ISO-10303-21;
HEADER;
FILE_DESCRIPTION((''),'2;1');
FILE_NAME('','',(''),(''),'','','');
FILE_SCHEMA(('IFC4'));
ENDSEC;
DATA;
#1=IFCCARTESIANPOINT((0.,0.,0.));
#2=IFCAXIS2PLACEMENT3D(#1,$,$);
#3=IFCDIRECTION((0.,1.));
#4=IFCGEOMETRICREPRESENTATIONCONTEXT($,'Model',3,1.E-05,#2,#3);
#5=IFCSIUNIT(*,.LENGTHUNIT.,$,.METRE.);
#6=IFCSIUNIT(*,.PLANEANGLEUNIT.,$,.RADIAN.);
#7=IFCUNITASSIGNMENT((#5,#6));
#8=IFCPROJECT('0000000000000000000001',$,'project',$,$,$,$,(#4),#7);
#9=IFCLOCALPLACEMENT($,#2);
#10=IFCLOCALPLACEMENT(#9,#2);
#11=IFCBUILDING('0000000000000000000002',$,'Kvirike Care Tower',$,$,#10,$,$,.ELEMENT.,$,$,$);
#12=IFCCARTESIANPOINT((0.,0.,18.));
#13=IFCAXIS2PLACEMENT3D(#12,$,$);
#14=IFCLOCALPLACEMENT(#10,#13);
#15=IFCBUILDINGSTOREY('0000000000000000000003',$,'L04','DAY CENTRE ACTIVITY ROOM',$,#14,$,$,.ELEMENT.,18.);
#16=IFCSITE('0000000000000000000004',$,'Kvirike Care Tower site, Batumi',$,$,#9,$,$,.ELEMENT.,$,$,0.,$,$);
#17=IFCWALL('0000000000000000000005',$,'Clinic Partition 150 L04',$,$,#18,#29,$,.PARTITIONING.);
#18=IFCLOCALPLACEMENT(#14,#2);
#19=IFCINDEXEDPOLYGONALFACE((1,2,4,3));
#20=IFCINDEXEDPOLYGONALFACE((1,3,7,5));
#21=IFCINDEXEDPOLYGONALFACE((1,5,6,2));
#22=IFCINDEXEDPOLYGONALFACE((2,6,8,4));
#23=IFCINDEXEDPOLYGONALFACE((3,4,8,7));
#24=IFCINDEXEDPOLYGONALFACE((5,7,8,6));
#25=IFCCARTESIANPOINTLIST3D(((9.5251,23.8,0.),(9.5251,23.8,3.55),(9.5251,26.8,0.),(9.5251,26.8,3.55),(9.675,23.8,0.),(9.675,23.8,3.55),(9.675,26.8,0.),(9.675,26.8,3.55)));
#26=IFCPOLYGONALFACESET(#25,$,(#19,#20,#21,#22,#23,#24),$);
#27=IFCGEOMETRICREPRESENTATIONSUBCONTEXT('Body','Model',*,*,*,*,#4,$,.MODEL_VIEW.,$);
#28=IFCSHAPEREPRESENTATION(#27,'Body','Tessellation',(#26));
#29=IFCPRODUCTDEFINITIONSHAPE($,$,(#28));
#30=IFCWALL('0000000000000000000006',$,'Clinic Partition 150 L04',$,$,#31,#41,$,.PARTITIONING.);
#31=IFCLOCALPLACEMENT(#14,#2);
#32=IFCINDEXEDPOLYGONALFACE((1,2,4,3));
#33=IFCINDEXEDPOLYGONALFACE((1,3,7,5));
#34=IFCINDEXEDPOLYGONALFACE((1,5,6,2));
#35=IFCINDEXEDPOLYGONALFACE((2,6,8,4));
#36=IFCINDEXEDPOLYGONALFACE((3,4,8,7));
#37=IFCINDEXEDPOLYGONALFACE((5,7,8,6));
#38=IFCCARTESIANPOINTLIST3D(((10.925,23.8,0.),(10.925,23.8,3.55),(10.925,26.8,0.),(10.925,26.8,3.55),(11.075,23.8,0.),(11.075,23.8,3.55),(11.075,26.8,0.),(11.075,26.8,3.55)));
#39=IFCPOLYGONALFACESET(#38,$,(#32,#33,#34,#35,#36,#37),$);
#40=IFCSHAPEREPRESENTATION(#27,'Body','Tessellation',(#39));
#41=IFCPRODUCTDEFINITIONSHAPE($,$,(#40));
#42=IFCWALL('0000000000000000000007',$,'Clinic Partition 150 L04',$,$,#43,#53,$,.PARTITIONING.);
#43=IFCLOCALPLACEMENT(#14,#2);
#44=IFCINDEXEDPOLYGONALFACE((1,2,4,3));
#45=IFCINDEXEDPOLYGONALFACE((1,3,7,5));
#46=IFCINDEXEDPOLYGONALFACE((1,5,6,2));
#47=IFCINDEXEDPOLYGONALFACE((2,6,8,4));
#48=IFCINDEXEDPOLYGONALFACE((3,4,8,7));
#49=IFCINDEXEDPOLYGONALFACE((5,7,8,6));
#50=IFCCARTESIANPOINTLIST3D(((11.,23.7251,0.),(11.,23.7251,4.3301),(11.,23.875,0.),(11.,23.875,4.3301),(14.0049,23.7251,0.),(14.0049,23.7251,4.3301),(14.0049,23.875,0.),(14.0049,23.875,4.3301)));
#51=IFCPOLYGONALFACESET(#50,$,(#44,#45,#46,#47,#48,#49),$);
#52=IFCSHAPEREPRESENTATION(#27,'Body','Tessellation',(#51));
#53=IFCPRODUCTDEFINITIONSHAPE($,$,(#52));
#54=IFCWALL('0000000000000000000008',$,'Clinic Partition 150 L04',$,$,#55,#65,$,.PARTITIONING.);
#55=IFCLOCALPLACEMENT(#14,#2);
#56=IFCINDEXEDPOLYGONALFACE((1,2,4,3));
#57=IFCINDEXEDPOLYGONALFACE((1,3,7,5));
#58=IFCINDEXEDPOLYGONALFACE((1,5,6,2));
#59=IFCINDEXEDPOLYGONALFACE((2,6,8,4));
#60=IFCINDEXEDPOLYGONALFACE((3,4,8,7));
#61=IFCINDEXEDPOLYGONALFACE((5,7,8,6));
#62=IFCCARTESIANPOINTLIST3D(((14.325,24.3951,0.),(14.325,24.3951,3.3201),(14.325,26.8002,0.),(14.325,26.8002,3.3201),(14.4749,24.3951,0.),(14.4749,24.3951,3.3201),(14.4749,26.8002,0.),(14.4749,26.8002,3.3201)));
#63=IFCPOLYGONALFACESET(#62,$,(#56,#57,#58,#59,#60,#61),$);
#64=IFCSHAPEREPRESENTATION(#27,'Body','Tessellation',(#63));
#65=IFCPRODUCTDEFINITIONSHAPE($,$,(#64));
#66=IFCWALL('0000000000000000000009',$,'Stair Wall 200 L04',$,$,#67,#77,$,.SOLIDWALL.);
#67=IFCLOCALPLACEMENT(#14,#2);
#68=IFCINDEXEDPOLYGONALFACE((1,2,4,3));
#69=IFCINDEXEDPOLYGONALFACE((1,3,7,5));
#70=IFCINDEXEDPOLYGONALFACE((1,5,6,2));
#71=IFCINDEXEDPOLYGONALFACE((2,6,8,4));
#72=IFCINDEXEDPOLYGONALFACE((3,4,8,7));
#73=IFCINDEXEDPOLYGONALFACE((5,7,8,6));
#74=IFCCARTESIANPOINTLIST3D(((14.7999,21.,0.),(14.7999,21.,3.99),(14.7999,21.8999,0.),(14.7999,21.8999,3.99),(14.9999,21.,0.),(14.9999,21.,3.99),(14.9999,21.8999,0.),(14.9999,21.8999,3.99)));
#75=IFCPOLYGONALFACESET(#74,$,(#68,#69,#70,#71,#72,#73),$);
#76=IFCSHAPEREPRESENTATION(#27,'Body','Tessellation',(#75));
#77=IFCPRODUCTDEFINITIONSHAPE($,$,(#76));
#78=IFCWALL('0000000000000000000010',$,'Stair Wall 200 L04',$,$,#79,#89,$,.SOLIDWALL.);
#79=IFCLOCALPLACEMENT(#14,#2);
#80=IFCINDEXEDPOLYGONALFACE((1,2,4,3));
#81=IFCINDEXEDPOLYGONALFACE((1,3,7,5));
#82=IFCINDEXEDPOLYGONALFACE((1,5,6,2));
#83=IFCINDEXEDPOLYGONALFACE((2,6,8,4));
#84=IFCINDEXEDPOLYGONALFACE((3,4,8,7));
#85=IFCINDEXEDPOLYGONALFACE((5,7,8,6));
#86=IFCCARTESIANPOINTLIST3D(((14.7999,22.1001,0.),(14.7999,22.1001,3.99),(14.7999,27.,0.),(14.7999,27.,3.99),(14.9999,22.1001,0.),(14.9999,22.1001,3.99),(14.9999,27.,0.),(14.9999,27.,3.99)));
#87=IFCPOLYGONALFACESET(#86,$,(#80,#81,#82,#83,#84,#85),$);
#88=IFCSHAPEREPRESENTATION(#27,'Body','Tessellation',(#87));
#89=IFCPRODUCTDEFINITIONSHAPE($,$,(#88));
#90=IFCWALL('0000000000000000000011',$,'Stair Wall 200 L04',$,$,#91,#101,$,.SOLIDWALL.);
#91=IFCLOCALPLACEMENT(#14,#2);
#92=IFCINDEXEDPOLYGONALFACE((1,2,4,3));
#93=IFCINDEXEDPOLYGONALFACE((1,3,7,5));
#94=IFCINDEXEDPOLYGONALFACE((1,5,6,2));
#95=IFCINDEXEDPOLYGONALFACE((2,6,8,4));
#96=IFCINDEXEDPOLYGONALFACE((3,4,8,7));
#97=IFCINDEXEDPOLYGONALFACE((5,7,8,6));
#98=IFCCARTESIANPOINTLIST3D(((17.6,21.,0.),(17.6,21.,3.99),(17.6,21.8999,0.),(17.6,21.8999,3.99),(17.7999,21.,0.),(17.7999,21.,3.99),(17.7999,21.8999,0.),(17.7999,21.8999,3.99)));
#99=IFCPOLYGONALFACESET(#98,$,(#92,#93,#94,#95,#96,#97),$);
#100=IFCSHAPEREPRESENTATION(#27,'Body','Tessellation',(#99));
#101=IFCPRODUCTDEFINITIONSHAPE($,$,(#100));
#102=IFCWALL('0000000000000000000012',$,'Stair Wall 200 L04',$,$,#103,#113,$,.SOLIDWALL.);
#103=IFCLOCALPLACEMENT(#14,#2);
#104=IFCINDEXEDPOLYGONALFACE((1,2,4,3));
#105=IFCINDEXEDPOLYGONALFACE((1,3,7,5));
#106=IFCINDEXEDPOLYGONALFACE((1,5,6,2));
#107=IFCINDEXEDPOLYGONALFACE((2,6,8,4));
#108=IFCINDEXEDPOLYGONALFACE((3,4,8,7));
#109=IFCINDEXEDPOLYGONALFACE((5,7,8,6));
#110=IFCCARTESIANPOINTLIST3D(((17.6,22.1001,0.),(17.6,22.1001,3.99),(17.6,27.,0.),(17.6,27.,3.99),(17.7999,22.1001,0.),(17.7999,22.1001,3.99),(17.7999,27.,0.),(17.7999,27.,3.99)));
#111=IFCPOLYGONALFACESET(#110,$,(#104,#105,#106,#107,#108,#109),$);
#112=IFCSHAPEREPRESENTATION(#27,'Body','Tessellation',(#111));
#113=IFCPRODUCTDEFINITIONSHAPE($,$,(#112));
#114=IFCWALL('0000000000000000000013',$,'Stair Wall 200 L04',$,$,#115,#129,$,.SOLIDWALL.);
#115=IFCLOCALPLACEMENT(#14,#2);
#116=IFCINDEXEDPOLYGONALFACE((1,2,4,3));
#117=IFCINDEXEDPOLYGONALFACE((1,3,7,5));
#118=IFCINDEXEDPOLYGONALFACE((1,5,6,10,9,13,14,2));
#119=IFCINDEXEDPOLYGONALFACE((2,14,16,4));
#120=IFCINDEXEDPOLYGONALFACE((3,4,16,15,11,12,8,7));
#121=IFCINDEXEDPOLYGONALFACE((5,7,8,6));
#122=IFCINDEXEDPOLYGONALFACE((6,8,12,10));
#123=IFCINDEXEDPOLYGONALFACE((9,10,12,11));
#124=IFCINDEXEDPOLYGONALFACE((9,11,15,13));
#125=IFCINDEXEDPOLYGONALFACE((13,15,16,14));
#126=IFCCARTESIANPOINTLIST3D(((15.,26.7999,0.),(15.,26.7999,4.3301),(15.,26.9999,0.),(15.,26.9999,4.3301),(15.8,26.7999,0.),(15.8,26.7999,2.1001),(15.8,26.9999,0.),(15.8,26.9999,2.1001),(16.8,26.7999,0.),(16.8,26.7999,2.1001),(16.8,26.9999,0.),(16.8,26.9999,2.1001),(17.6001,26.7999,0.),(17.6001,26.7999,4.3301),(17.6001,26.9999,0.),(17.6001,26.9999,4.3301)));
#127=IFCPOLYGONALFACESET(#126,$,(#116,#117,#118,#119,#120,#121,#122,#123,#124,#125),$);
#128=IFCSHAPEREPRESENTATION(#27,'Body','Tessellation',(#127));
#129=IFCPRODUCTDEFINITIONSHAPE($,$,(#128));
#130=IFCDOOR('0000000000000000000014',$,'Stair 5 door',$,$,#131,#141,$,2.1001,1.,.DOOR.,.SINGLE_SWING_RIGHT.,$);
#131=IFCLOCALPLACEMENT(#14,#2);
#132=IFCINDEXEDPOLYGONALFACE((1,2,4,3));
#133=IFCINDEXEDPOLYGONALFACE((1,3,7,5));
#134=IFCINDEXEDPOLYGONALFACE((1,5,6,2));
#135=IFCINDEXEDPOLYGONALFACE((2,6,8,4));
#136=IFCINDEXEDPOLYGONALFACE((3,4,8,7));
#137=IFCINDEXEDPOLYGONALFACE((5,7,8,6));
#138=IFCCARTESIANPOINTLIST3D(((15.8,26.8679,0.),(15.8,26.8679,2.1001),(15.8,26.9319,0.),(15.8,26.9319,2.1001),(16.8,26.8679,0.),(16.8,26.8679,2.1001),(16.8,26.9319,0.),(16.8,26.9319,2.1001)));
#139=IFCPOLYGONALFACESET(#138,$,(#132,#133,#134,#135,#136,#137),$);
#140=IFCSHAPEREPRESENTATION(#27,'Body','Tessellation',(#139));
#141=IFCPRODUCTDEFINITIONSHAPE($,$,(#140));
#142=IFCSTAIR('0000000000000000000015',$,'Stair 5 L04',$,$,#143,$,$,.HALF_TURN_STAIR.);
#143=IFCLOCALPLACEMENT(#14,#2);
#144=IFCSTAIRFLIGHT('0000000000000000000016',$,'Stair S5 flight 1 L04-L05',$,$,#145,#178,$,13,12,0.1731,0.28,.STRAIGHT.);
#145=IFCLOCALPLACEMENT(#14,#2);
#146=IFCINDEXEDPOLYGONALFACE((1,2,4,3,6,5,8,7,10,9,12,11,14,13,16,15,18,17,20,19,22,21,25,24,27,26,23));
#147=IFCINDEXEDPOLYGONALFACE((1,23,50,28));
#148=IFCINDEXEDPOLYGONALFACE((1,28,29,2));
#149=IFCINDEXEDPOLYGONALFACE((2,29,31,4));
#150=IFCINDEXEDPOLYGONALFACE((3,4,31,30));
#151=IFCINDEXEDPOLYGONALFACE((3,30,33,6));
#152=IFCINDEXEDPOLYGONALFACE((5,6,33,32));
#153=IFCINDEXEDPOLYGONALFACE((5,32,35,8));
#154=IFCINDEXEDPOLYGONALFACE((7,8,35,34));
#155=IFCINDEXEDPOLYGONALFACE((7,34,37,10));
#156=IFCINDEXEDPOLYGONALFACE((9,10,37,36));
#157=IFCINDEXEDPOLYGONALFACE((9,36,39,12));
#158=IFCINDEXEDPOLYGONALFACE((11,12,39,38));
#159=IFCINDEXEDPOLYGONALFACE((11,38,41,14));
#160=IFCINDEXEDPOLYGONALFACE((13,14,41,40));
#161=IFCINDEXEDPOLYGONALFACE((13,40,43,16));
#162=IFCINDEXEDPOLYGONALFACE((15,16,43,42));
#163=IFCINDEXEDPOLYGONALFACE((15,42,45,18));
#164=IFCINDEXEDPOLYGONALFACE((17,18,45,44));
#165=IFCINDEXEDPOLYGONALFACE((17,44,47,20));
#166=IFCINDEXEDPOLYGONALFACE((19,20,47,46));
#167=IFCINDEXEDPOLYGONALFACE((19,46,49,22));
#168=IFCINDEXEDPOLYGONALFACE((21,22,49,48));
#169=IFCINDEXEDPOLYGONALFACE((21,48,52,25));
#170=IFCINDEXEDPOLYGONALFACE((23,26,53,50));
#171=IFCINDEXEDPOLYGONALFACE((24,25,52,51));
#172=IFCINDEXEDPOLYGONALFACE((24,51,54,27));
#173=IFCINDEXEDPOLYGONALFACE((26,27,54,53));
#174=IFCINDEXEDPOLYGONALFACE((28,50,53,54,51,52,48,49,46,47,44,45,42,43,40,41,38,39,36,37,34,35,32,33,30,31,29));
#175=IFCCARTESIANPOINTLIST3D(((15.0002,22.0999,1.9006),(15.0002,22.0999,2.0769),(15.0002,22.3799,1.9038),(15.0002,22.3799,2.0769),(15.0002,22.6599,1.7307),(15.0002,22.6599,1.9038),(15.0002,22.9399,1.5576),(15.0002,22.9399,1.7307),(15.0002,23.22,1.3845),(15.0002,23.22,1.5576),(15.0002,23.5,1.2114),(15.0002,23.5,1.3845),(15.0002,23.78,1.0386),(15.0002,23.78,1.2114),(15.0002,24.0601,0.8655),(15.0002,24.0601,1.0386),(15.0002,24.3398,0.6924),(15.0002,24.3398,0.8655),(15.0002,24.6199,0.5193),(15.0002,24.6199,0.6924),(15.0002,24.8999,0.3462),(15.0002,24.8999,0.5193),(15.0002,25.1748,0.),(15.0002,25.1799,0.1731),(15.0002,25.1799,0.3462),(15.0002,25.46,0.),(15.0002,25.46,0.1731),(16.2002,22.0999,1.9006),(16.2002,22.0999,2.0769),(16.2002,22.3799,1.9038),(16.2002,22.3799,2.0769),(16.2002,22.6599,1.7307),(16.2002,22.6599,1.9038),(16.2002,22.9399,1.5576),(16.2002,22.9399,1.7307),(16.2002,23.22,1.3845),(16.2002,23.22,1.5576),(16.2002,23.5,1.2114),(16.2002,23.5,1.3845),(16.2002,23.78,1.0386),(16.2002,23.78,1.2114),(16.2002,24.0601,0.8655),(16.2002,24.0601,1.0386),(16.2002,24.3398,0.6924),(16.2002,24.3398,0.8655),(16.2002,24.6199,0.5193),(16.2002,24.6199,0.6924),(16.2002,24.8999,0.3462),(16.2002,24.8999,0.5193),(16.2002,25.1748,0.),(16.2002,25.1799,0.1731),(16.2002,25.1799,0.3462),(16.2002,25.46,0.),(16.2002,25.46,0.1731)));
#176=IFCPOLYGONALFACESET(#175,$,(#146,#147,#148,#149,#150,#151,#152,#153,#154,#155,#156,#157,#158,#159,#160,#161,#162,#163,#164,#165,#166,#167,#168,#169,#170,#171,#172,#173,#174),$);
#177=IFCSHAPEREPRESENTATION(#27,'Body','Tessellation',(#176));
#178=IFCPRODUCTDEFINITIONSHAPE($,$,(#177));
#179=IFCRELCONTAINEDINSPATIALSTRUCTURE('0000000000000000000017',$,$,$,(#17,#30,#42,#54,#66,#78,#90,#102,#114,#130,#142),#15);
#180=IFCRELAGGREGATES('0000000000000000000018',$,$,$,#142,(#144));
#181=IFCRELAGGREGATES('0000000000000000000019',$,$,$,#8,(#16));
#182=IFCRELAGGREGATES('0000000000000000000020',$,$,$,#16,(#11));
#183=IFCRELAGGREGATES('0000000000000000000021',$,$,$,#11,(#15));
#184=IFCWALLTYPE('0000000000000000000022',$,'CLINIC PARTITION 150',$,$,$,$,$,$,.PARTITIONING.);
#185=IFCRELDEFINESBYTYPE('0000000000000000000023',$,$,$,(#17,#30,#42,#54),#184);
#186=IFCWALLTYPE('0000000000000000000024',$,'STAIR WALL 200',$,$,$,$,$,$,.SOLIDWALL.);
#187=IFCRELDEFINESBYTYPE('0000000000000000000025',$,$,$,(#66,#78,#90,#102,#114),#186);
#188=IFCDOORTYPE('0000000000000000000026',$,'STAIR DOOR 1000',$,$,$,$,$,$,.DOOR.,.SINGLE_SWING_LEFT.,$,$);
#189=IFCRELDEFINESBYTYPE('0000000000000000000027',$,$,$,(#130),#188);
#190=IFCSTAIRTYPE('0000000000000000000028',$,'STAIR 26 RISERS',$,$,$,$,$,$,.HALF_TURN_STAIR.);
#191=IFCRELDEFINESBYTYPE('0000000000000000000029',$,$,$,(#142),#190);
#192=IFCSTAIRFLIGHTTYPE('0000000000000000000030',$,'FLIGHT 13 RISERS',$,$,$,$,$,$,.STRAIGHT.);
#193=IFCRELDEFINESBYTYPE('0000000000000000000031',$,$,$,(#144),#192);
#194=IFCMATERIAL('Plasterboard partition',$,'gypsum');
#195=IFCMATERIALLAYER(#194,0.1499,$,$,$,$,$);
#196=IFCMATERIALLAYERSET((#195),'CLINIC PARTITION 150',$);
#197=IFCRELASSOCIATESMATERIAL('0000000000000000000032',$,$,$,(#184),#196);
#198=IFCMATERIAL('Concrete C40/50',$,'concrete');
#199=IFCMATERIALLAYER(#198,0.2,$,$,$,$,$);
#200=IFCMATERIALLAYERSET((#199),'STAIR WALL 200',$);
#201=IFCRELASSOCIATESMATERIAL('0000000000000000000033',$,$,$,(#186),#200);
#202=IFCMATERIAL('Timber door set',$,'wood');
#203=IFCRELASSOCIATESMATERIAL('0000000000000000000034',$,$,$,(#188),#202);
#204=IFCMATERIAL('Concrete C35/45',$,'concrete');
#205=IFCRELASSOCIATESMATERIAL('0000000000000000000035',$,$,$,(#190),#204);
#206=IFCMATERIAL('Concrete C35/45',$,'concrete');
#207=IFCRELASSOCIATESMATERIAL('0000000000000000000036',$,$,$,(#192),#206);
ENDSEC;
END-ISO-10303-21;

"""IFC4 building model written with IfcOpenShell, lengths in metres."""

from ifc_helpers import new_model, si_unit, direction, frame, frame_2d, origin, place, context, subcontext, project, spatial, polyline, rectangle, outline, extrude, material, layer, layer_set, type_object, element, fill, aggregate, save


model = new_model("IFC4")

# Units and contexts
model_context = context("Model", 3, precision=1e-05, world=origin(), true_north=direction((0.0, 1.0)))
body_context = subcontext(model_context, "Body", "Model", "MODEL_VIEW")
ifc_project = project(units=[si_unit("LENGTHUNIT", "METRE"), si_unit("PLANEANGLEUNIT", "RADIAN")], contexts=[model_context])

# Site, building, storey
site_placement = place(None, origin())
site = spatial("IfcSite", under=ifc_project, at=site_placement, Name="Kvirike Care Tower site, Batumi", CompositionType="ELEMENT", RefElevation=0.0)
building_placement = place(site_placement, origin())
building = spatial("IfcBuilding", under=site, at=building_placement, Name="Kvirike Care Tower", CompositionType="ELEMENT")
storey_placement = place(building_placement, frame((0.0, 0.0, 18.0)))
storey = spatial("IfcBuildingStorey", under=building, at=storey_placement, Name="L04", Description="DAY CENTRE ACTIVITY ROOM", CompositionType="ELEMENT", Elevation=18.0)

# Walls
ifc_material_1 = material(Name="Plasterboard partition", Category="gypsum")
ifc_layer_1 = layer(ifc_material_1, 0.1499)
ifc_layer_set_1 = layer_set([ifc_layer_1], Name="CLINIC PARTITION 150")
wall_type_1 = type_object("IfcWallType", Name="CLINIC PARTITION 150", PredefinedType="PARTITIONING", material=ifc_layer_set_1)
for number, where, z_axis, x_axis, name in (
    (1, (9.6001, 23.8, 0.0), (0.0, 0.0, 1.0), (0.0, 1.0, 0.0), "Clinic Partition 150 L04"),
    (2, (11.0, 23.8, 0.0), (0.0, 0.0, 1.0), (0.0, 1.0, 0.0), "Clinic Partition 150 L04"),
):
    element("IfcWall", number, at=place(storey_placement, frame(where, z_axis=z_axis, x_axis=x_axis)), inside=storey, type_object=wall_type_1, Name=name, PredefinedType="PARTITIONING", context=body_context, shape_type="SweptSolid", body=[
        extrude(rectangle(XDim=3.0, YDim=0.1499, at=frame_2d((1.5, 0.0))), origin(), (0.0, 0.0, 1.0), 3.55),
    ])
wall_1_placement = place(storey_placement, frame((11.0, 23.8, 0.0), z_axis=(0.0, 0.0, 1.0), x_axis=(1.0, 0.0, 0.0)))
element("IfcWall", 3, at=wall_1_placement, inside=storey, type_object=wall_type_1, Name="Clinic Partition 150 L04", PredefinedType="PARTITIONING", context=body_context, shape_type="SweptSolid", body=[
    extrude(rectangle(XDim=3.0049, YDim=0.1499, at=frame_2d((1.5024, 0.0))), origin(), (0.0, 0.0, 1.0), 4.3301),
])
wall_2_placement = place(storey_placement, frame((14.3999, 24.395, 0.0), z_axis=(0.0, 0.0, 1.0), x_axis=(0.0, 1.0, 0.0)))
element("IfcWall", 4, at=wall_2_placement, inside=storey, type_object=wall_type_1, Name="Clinic Partition 150 L04", PredefinedType="PARTITIONING", context=body_context, shape_type="SweptSolid", body=[
    extrude(rectangle(XDim=2.405, YDim=0.1499, at=frame_2d((1.2026, 0.0))), origin(), (0.0, 0.0, 1.0), 3.3201),
])
ifc_material_2 = material(Name="Concrete C40/50", Category="concrete")
ifc_layer_2 = layer(ifc_material_2, 0.2)
ifc_layer_set_2 = layer_set([ifc_layer_2], Name="STAIR WALL 200")
wall_type_2 = type_object("IfcWallType", Name="STAIR WALL 200", PredefinedType="SOLIDWALL", material=ifc_layer_set_2)
wall_3_placement = place(storey_placement, frame((14.8999, 21.0, 0.0), z_axis=(0.0, 0.0, 1.0), x_axis=(0.0, 1.0, 0.0)))
element("IfcWall", 5, at=wall_3_placement, inside=storey, type_object=wall_type_2, Name="Stair Wall 200 L04", PredefinedType="SOLIDWALL", context=body_context, shape_type="SweptSolid", body=[
    extrude(rectangle(XDim=0.8999, YDim=0.2, at=frame_2d((0.45, 0.0))), origin(), (0.0, 0.0, 1.0), 3.99),
])
wall_4_placement = place(storey_placement, frame((14.8999, 22.1001, 0.0), z_axis=(0.0, 0.0, 1.0), x_axis=(0.0, 1.0, 0.0)))
element("IfcWall", 6, at=wall_4_placement, inside=storey, type_object=wall_type_2, Name="Stair Wall 200 L04", PredefinedType="SOLIDWALL", context=body_context, shape_type="SweptSolid", body=[
    extrude(rectangle(XDim=4.8999, YDim=0.2, at=frame_2d((2.45, 0.0))), origin(), (0.0, 0.0, 1.0), 3.99),
])
wall_5_placement = place(storey_placement, frame((17.7, 21.0, 0.0), z_axis=(0.0, 0.0, 1.0), x_axis=(0.0, 1.0, 0.0)))
element("IfcWall", 7, at=wall_5_placement, inside=storey, type_object=wall_type_2, Name="Stair Wall 200 L04", PredefinedType="SOLIDWALL", context=body_context, shape_type="SweptSolid", body=[
    extrude(rectangle(XDim=0.8999, YDim=0.2, at=frame_2d((0.45, 0.0))), origin(), (0.0, 0.0, 1.0), 3.99),
])
wall_6_placement = place(storey_placement, frame((17.7, 22.1001, 0.0), z_axis=(0.0, 0.0, 1.0), x_axis=(0.0, 1.0, 0.0)))
element("IfcWall", 8, at=wall_6_placement, inside=storey, type_object=wall_type_2, Name="Stair Wall 200 L04", PredefinedType="SOLIDWALL", context=body_context, shape_type="SweptSolid", body=[
    extrude(rectangle(XDim=4.8999, YDim=0.2, at=frame_2d((2.45, 0.0))), origin(), (0.0, 0.0, 1.0), 3.99),
])

# Wall, opening, door
wall_7_placement = place(storey_placement, frame((15.0, 26.8999, 0.0), z_axis=(0.0, 0.0, 1.0), x_axis=(1.0, 0.0, 0.0)))
wall_7 = element("IfcWall", 9, at=wall_7_placement, inside=storey, type_object=wall_type_2, Name="Stair Wall 200 L04", PredefinedType="SOLIDWALL", context=body_context, shape_type="SweptSolid", body=[
    extrude(rectangle(XDim=2.6001, YDim=0.2, at=frame_2d((1.3, 0.0))), origin(), (0.0, 0.0, 1.0), 4.3301),
])
opening_placement = place(wall_7_placement, frame((0.8, 0.0, 0.0)))
opening = element("IfcOpeningElement", 10, at=opening_placement, cuts=wall_7, PredefinedType="OPENING", context=body_context, shape_type="SweptSolid", body=[
    extrude(rectangle(XDim=1.0, YDim=2.1001, at=frame_2d((0.5, 1.05))), frame((0.0, 0.1106, 0.0), z_axis=(0.0, -1.0, 0.0), x_axis=(1.0, 0.0, 0.0)), (0.0, 0.0, 1.0), 0.2209),
])
ifc_material_3 = material(Name="Timber door set", Category="wood")
door_type = type_object("IfcDoorType", Name="STAIR DOOR 1000", OperationType="SINGLE_SWING_LEFT", PredefinedType="DOOR", material=ifc_material_3)
door_placement = place(opening_placement, frame((1.0, 0.0, 0.0), z_axis=(0.0, 0.0, 1.0), x_axis=(-1.0, 0.0, 0.0)))
door = element("IfcDoor", 11, at=door_placement, inside=storey, type_object=door_type, Name="Stair 5 door", OperationType="SINGLE_SWING_RIGHT", OverallHeight=2.1001, OverallWidth=1.0, PredefinedType="DOOR", context=body_context, shape_type="SweptSolid", body=[
    extrude(rectangle(XDim=1.0, YDim=2.1001, at=frame_2d((0.5, 1.05))), frame((0.0, 0.032, 0.0), z_axis=(0.0, -1.0, 0.0), x_axis=(1.0, 0.0, 0.0)), (0.0, 0.0, 1.0), 0.064),
])
fill(opening, door)

# Stair, stair flight
ifc_material_4 = material(Name="Concrete C35/45", Category="concrete")
stair_type = type_object("IfcStairType", Name="STAIR 26 RISERS", PredefinedType="HALF_TURN_STAIR", material=ifc_material_4)
stair_placement = place(storey_placement, origin())
stair = element("IfcStair", 12, at=stair_placement, inside=storey, type_object=stair_type, Name="Stair 5 L04", PredefinedType="HALF_TURN_STAIR")
ifc_material_5 = material(Name="Concrete C35/45", Category="concrete")
stair_flight_type = type_object("IfcStairFlightType", Name="FLIGHT 13 RISERS", PredefinedType="STRAIGHT", material=ifc_material_5)
stair_flight_1_placement = place(storey_placement, frame((15.6001, 25.46, 0.0), z_axis=(0.0, 0.0, 1.0), x_axis=(0.0, -1.0, 0.0)))
stair_flight_1 = element("IfcStairFlight", 13, at=stair_flight_1_placement, type_object=stair_flight_type, Name="Stair S5 flight 1 L04-L05", NumberOfRisers=13, NumberOfTreads=12, PredefinedType="STRAIGHT", RiserHeight=0.1731, TreadLength=0.28, context=body_context, shape_type="SweptSolid", body=[
    extrude(outline(polyline([(0.0, 0.0), (0.0, 0.1731), (0.28, 0.1731), (0.28, 0.3462), (0.5601, 0.3462), (0.5601, 0.5193), (0.8401, 0.5193), (0.8401, 0.6924), (1.1201, 0.6924), (1.1201, 0.8655), (1.3999, 0.8655), (1.3999, 1.0386), (1.6799, 1.0386), (1.6799, 1.2114), (1.96, 1.2114), (1.96, 1.3845), (2.24, 1.3845), (2.24, 1.5576), (2.52, 1.5576), (2.52, 1.7307), (2.8, 1.7307), (2.8, 1.9038), (3.0801, 1.9038), (3.0801, 2.0769), (3.3601, 2.0769), (3.3601, 2.25), (3.3601, 1.9006), (0.2852, 0.0), (0.0, 0.0)])), frame((0.0, 0.6001, 0.0), z_axis=(0.0, -1.0, 0.0), x_axis=(1.0, 0.0, 0.0)), (0.0, 0.0, 1.0), 1.2),
])
aggregate(stair, [stair_flight_1])

save(model, "model.ifc")
